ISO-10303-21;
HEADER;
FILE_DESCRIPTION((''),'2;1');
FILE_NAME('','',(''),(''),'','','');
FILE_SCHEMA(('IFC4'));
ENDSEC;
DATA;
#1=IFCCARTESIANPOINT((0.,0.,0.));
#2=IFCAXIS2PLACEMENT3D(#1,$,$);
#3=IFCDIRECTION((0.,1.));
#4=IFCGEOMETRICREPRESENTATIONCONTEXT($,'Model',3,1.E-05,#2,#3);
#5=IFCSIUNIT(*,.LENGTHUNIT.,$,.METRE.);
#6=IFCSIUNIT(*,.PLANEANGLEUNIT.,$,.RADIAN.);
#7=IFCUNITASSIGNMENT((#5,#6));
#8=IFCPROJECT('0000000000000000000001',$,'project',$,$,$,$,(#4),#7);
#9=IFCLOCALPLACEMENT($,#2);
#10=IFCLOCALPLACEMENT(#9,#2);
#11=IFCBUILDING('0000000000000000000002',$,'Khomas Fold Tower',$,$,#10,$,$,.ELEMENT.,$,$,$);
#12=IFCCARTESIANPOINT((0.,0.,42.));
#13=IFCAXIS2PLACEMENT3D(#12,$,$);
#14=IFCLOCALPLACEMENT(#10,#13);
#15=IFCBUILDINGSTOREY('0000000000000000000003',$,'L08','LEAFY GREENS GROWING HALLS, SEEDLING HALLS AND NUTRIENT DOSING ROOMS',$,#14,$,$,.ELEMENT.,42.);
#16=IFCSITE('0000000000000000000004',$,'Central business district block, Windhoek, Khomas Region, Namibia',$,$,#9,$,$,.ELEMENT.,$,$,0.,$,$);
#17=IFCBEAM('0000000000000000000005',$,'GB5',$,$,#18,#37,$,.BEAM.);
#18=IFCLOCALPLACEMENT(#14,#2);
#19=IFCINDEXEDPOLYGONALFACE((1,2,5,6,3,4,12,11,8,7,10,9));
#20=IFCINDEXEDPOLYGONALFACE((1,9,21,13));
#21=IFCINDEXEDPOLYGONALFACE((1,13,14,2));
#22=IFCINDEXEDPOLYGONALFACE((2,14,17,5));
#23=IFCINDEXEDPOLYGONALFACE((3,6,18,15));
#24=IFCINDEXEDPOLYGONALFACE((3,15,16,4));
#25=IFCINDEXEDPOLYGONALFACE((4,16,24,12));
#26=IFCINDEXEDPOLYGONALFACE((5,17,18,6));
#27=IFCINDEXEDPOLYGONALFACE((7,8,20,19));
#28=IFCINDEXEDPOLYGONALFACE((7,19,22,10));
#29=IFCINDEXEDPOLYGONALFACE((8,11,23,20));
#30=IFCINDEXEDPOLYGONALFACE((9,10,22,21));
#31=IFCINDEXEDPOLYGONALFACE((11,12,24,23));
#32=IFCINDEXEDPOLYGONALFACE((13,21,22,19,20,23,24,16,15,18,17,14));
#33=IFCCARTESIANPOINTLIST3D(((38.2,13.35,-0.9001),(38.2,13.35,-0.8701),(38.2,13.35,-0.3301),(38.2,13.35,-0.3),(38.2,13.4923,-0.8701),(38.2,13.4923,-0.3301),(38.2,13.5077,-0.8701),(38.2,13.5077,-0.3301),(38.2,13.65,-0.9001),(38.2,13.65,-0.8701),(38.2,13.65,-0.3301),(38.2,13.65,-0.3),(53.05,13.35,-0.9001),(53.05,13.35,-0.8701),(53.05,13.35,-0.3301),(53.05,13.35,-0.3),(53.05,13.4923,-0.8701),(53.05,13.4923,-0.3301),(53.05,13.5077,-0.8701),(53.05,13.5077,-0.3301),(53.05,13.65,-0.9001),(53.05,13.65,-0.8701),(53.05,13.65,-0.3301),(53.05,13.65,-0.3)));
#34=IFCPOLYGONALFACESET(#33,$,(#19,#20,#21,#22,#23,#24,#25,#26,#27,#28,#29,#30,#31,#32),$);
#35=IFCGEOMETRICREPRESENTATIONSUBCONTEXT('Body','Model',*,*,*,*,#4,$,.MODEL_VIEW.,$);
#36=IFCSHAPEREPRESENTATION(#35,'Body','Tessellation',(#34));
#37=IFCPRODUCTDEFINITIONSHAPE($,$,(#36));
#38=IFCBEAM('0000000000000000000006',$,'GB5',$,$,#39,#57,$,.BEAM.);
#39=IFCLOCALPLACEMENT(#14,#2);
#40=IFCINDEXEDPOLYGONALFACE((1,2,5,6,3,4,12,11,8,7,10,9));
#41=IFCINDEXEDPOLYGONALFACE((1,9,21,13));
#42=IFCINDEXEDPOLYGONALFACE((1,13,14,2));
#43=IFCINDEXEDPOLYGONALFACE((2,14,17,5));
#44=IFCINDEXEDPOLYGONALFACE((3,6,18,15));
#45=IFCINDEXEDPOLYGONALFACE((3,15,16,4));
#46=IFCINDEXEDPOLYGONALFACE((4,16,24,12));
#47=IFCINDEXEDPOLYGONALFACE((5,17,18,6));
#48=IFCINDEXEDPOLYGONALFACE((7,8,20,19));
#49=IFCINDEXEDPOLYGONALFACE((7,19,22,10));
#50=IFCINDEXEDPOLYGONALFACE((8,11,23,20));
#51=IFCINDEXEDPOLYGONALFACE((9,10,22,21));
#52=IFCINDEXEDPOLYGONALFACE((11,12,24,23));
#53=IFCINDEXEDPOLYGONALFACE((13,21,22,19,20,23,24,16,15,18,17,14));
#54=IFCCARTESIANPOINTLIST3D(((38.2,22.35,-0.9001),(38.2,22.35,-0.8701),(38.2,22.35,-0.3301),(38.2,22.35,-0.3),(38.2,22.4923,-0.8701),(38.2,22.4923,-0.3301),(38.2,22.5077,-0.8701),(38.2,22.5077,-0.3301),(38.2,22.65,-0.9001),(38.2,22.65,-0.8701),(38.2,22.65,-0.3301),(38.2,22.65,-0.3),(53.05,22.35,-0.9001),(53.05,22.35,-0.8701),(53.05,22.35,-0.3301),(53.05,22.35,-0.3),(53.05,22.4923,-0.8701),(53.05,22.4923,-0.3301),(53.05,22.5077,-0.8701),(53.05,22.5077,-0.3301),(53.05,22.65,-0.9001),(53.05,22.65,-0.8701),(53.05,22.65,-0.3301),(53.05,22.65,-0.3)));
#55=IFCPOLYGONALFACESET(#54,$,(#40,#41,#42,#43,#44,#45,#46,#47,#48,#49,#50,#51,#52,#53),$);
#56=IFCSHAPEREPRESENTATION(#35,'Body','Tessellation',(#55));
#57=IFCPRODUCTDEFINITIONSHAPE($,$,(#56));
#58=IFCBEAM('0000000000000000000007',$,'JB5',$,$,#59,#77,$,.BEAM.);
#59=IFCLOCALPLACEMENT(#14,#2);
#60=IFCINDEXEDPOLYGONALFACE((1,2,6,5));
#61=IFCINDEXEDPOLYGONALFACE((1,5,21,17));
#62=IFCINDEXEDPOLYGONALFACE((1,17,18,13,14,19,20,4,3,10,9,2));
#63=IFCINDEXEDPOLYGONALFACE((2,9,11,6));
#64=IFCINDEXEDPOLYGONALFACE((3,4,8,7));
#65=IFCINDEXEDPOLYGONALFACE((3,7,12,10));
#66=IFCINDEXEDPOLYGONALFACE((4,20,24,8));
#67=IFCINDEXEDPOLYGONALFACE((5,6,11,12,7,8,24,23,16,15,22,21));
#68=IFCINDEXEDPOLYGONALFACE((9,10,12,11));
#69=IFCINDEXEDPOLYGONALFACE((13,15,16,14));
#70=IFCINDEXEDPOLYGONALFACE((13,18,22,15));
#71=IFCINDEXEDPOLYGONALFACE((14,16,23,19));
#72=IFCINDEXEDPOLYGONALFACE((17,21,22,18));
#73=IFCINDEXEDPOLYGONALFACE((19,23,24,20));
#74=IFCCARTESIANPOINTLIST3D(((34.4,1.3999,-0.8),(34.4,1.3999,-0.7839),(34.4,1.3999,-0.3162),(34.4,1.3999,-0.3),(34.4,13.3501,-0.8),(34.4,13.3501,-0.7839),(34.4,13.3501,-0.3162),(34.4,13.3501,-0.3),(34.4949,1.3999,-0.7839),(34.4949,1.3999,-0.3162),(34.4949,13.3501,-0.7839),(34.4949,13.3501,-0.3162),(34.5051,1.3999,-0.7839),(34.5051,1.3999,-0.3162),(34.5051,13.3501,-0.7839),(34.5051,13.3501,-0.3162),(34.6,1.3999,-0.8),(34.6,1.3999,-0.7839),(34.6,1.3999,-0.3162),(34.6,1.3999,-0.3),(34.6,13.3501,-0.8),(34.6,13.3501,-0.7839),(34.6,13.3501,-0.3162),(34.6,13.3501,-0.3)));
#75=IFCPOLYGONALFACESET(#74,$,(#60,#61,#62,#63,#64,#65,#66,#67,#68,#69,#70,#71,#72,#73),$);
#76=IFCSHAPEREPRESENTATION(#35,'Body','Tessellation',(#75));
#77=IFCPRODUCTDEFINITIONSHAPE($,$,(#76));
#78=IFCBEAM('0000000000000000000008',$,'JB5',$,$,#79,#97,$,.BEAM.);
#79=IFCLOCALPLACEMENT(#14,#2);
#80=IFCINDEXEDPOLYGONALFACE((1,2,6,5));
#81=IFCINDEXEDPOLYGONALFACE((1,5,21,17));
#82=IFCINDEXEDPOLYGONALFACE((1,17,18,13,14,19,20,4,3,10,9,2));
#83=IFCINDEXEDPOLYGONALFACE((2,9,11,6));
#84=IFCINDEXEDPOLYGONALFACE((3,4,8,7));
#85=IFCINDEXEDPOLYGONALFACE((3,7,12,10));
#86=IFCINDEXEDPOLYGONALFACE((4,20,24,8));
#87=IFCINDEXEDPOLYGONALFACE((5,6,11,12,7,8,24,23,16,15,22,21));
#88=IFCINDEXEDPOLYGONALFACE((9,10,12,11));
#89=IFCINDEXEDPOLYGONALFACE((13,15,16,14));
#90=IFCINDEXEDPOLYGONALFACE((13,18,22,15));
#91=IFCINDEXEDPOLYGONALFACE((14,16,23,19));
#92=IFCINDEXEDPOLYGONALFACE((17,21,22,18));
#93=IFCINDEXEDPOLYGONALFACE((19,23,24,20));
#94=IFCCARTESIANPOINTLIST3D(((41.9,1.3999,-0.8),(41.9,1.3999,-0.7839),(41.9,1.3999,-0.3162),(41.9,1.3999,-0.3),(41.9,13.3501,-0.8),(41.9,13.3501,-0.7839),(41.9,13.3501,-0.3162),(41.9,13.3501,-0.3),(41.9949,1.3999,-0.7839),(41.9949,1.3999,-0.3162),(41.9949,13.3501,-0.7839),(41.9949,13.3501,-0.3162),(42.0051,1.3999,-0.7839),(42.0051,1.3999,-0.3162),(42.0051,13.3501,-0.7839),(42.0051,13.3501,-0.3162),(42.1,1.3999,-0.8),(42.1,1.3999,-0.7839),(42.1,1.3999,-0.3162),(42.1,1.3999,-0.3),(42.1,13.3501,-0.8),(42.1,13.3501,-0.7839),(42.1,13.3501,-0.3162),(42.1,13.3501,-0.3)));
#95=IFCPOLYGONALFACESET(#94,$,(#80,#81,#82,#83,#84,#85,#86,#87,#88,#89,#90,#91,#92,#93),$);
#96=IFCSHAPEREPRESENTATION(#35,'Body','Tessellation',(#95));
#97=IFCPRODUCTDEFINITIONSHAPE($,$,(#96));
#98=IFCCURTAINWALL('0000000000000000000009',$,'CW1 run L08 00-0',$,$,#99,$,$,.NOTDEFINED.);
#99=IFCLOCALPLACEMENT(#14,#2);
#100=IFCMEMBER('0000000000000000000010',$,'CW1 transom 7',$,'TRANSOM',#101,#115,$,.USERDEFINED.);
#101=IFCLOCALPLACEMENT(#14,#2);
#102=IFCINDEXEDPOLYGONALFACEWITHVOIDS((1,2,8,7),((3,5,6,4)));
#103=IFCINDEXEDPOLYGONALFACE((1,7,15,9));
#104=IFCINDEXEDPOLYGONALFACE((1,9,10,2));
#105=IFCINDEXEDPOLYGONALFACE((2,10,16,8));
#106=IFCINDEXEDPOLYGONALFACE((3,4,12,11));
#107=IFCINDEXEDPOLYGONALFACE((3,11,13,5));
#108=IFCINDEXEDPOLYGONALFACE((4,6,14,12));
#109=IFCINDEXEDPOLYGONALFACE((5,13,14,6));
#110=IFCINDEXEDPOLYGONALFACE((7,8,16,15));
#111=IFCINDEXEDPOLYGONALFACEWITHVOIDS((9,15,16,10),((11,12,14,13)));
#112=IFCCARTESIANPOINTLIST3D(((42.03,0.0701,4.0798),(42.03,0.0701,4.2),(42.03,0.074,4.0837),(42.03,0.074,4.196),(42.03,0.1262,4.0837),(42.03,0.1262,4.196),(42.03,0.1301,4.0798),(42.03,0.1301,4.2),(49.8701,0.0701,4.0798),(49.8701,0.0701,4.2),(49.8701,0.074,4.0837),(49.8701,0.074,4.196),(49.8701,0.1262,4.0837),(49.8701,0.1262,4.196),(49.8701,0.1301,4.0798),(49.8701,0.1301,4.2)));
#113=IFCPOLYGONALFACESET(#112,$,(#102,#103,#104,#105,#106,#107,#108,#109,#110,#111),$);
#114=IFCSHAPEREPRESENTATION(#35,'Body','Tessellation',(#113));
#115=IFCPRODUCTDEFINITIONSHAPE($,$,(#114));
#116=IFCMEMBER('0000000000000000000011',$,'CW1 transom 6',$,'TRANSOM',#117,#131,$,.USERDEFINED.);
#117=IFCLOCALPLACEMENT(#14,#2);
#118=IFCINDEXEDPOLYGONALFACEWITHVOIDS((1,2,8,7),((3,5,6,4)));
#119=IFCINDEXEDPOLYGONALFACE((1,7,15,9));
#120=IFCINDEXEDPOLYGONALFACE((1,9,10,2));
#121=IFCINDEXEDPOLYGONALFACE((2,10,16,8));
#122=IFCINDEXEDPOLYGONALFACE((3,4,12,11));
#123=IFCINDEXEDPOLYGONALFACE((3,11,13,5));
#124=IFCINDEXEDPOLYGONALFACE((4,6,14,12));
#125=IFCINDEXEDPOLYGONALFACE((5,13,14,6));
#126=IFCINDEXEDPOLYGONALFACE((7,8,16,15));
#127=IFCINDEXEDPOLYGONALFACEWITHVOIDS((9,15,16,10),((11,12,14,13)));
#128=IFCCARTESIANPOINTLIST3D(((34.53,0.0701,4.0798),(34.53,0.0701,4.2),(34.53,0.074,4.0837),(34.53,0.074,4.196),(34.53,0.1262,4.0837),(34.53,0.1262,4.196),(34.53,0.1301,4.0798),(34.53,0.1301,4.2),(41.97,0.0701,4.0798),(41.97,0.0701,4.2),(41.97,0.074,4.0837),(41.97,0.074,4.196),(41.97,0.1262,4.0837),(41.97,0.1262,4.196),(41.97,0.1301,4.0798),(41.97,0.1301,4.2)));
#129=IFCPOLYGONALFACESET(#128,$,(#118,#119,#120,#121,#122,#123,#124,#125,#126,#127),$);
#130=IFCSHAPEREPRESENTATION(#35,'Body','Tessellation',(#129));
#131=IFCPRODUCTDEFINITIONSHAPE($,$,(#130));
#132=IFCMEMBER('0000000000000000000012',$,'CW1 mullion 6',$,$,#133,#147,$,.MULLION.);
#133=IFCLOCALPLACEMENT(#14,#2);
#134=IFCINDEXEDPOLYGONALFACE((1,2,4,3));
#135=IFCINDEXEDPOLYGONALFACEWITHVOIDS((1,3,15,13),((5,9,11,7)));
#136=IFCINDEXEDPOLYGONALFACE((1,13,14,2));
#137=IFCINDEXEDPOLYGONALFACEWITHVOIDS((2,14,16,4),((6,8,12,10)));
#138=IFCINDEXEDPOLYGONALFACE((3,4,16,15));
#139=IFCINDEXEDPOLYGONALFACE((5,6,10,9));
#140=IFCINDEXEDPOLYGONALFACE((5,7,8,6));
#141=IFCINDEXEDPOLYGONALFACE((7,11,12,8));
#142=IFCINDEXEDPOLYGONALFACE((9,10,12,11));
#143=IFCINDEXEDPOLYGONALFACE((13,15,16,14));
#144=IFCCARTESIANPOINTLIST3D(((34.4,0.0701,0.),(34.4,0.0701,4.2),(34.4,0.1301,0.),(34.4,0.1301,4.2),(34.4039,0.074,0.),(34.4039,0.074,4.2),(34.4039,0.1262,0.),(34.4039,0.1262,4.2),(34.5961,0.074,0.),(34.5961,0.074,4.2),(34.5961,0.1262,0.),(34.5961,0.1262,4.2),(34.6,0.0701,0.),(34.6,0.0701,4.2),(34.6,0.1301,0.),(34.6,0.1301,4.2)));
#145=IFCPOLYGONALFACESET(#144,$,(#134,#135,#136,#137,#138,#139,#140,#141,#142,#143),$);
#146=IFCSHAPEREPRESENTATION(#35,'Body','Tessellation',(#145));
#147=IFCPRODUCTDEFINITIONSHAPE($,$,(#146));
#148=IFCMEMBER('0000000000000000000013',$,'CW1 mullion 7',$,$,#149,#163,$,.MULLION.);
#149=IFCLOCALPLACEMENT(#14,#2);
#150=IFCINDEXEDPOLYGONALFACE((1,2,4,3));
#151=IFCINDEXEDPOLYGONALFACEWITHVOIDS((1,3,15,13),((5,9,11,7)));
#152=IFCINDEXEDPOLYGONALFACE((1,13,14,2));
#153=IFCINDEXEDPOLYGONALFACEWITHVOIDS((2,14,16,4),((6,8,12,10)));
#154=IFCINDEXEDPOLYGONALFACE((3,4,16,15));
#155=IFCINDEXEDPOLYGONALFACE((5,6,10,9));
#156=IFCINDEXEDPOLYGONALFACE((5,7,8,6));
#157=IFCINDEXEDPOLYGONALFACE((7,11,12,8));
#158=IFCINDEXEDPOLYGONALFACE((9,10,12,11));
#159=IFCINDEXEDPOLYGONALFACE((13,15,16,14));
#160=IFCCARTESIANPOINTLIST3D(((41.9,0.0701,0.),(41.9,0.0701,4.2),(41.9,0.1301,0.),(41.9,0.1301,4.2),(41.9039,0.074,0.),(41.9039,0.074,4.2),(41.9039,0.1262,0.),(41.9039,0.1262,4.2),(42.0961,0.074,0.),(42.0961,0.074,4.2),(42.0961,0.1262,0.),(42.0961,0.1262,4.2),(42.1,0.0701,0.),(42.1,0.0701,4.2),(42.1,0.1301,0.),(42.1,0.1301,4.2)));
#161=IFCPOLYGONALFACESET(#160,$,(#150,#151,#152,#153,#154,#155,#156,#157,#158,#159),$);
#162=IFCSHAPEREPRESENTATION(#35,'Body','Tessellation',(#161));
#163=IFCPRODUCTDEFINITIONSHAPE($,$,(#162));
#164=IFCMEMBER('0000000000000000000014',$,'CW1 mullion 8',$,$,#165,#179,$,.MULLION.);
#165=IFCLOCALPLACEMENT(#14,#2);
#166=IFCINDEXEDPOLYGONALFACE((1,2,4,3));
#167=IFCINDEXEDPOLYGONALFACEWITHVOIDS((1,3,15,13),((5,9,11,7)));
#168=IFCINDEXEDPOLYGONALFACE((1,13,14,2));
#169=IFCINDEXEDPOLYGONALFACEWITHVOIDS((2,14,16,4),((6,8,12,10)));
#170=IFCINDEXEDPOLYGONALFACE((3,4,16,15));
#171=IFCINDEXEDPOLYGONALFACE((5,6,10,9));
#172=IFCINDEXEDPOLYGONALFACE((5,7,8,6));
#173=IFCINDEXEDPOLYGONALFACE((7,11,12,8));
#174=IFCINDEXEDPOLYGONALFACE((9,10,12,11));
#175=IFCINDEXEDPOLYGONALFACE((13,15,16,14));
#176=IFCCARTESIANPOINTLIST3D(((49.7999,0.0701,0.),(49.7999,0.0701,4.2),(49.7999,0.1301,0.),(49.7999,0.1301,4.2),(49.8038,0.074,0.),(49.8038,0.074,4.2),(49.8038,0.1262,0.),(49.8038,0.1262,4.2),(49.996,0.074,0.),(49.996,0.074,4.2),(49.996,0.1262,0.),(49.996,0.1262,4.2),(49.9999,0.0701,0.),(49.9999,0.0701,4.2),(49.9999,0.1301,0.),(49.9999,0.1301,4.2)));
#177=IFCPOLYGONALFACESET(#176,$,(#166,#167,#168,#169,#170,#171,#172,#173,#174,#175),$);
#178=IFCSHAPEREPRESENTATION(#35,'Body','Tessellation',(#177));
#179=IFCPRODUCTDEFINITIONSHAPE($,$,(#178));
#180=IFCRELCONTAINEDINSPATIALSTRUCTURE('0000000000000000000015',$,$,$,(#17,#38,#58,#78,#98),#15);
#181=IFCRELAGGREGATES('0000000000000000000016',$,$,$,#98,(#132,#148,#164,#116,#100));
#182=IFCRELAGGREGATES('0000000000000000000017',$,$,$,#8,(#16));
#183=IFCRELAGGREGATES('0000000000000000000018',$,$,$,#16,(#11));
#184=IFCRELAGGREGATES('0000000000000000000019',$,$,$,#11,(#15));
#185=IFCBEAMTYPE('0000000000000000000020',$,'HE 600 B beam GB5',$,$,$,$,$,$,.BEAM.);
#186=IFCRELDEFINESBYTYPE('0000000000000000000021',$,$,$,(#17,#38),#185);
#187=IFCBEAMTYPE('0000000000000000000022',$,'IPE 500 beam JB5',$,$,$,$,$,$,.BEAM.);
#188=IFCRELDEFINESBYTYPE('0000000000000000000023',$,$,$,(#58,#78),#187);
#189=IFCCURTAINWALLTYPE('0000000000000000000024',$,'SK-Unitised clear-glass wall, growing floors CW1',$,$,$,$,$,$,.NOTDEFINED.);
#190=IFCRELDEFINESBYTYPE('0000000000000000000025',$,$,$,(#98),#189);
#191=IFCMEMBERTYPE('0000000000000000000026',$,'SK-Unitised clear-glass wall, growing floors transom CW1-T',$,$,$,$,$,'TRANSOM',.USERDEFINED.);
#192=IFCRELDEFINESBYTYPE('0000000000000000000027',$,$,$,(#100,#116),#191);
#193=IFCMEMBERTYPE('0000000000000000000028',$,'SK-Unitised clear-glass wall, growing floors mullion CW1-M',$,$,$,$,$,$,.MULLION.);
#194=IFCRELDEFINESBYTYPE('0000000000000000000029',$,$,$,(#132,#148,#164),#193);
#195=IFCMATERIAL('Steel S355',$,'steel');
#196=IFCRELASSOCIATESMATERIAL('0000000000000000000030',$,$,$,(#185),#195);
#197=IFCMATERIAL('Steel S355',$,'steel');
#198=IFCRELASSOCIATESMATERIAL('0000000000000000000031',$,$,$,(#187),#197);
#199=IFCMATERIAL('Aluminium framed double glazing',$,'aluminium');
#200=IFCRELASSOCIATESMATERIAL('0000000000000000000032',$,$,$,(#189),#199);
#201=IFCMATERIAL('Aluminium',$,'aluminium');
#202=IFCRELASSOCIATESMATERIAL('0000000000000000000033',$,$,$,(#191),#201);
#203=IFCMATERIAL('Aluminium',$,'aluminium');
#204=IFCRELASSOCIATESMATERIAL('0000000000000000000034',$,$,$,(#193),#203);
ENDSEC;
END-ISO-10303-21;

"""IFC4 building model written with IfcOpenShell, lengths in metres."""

from ifc_helpers import new_model, si_unit, direction, frame, origin, origin_2d, place, context, subcontext, project, spatial, hollow_rectangle, i_section, extrude, source, transform, mapped, material, material_profile, profile_set, type_object, element, aggregate, save


model = new_model("IFC4")

# Units and contexts
model_context = context("Model", 3, precision=1e-05, world=origin(), true_north=direction((0.0, 1.0)))
body_context = subcontext(model_context, "Body", "Model", "MODEL_VIEW")
ifc_project = project(units=[si_unit("LENGTHUNIT", "METRE"), si_unit("PLANEANGLEUNIT", "RADIAN")], contexts=[model_context])

# Site, building, storey
site_placement = place(None, origin())
site = spatial("IfcSite", under=ifc_project, at=site_placement, Name="Central business district block, Windhoek, Khomas Region, Namibia", CompositionType="ELEMENT", RefElevation=0.0)
building_placement = place(site_placement, origin())
building = spatial("IfcBuilding", under=site, at=building_placement, Name="Khomas Fold Tower", CompositionType="ELEMENT")
storey_placement = place(building_placement, frame((0.0, 0.0, 42.0)))
storey = spatial("IfcBuildingStorey", under=building, at=storey_placement, Name="L08", Description="LEAFY GREENS GROWING HALLS, SEEDLING HALLS AND NUTRIENT DOSING ROOMS", CompositionType="ELEMENT", Elevation=42.0)

# Beams
ifc_material_1 = material(Name="Steel S355", Category="steel")
ifc_material_profile_1 = material_profile(ifc_material_1, i_section(OverallWidth=0.3, OverallDepth=0.6001, WebThickness=0.0154, FlangeThickness=0.03, at=origin_2d()), Name="HE 600 B")
ifc_profile_set_1 = profile_set([ifc_material_profile_1], Name="Steel S355")
beam_type_1 = type_object("IfcBeamType", Name="HE 600 B beam GB5", PredefinedType="BEAM", material=ifc_profile_set_1)
shared_shape_1 = source(origin(), body_context, "Body", "SweptSolid", [
    extrude(i_section(OverallWidth=0.3, OverallDepth=0.6001, WebThickness=0.0154, FlangeThickness=0.03, at=origin_2d()), origin(), (0.0, 0.0, 1.0), 14.8501),
])
for number, where, z_axis, x_axis, name in (
    (1, (38.2, 13.5, -0.6001), (1.0, 0.0, 0.0), (0.0, 1.0, 0.0), "GB5"),
    (2, (38.2, 22.5, -0.6001), (1.0, 0.0, 0.0), (0.0, 1.0, 0.0), "GB5"),
):
    element("IfcBeam", number, at=place(storey_placement, frame(where, z_axis=z_axis, x_axis=x_axis)), inside=storey, type_object=beam_type_1, Name=name, PredefinedType="BEAM", context=body_context, shape_type="MappedRepresentation", body=[
        mapped(shared_shape_1, transform((0.0, 0.0, 0.0))),
    ])
ifc_material_2 = material(Name="Steel S355", Category="steel")
ifc_material_profile_2 = material_profile(ifc_material_2, i_section(OverallWidth=0.2, OverallDepth=0.5, WebThickness=0.0103, FlangeThickness=0.0161, at=origin_2d()), Name="IPE 500")
ifc_profile_set_2 = profile_set([ifc_material_profile_2], Name="Steel S355")
beam_type_2 = type_object("IfcBeamType", Name="IPE 500 beam JB5", PredefinedType="BEAM", material=ifc_profile_set_2)
shared_shape_2 = source(origin(), body_context, "Body", "SweptSolid", [
    extrude(i_section(OverallWidth=0.2, OverallDepth=0.5, WebThickness=0.0103, FlangeThickness=0.0161, at=origin_2d()), origin(), (0.0, 0.0, 1.0), 11.9502),
])
for number, where, z_axis, x_axis, name in (
    (3, (34.5, 1.3999, -0.55), (0.0, 1.0, 0.0), (-1.0, 0.0, 0.0), "JB5"),
    (4, (42.0, 1.3999, -0.55), (0.0, 1.0, 0.0), (-1.0, 0.0, 0.0), "JB5"),
):
    element("IfcBeam", number, at=place(storey_placement, frame(where, z_axis=z_axis, x_axis=x_axis)), inside=storey, type_object=beam_type_2, Name=name, PredefinedType="BEAM", context=body_context, shape_type="MappedRepresentation", body=[
        mapped(shared_shape_2, transform((0.0, 0.0, 0.0))),
    ])

# Curtain wall, members
ifc_material_3 = material(Name="Aluminium framed double glazing", Category="aluminium")
curtain_wall_type = type_object("IfcCurtainWallType", Name="SK-Unitised clear-glass wall, growing floors CW1", PredefinedType="NOTDEFINED", material=ifc_material_3)
curtain_wall_placement = place(storey_placement, origin())
curtain_wall = element("IfcCurtainWall", 5, at=curtain_wall_placement, inside=storey, type_object=curtain_wall_type, Name="CW1 run L08 00-0", PredefinedType="NOTDEFINED")
ifc_material_4 = material(Name="Aluminium", Category="aluminium")
ifc_material_profile_3 = material_profile(ifc_material_4, hollow_rectangle(XDim=0.0601, YDim=0.1201, WallThickness=0.0039, at=origin_2d()), Name="SK-Unitised clear-glass wall, growing floors transom CW1-T")
ifc_profile_set_3 = profile_set([ifc_material_profile_3], Name="Aluminium")
member_type_1 = type_object("IfcMemberType", Name="SK-Unitised clear-glass wall, growing floors transom CW1-T", ElementType="TRANSOM", PredefinedType="USERDEFINED", material=ifc_profile_set_3)
shared_shape_3 = source(origin(), body_context, "Body", "SweptSolid", [
    extrude(hollow_rectangle(XDim=0.0601, YDim=0.1201, WallThickness=0.0039, at=origin_2d()), origin(), (0.0, 0.0, 1.0), 7.8401),
])
member_1_placement = place(storey_placement, frame((42.03, 0.1001, 4.1399), z_axis=(1.0, 0.0, 0.0), x_axis=(0.0, 1.0, 0.0)))
member_1 = element("IfcMember", 6, at=member_1_placement, type_object=member_type_1, Name="CW1 transom 7", ObjectType="TRANSOM", PredefinedType="USERDEFINED", context=body_context, shape_type="MappedRepresentation", body=[
    mapped(shared_shape_3, transform((0.0, 0.0, 0.0))),
])
shared_shape_4 = source(origin(), body_context, "Body", "SweptSolid", [
    extrude(hollow_rectangle(XDim=0.0601, YDim=0.1201, WallThickness=0.0039, at=origin_2d()), origin(), (0.0, 0.0, 1.0), 7.4399),
])
member_2_placement = place(storey_placement, frame((34.53, 0.1001, 4.1399), z_axis=(1.0, 0.0, 0.0), x_axis=(0.0, 1.0, 0.0)))
member_2 = element("IfcMember", 7, at=member_2_placement, type_object=member_type_1, Name="CW1 transom 6", ObjectType="TRANSOM", PredefinedType="USERDEFINED", context=body_context, shape_type="MappedRepresentation", body=[
    mapped(shared_shape_4, transform((0.0, 0.0, 0.0))),
])
ifc_material_5 = material(Name="Aluminium", Category="aluminium")
ifc_material_profile_4 = material_profile(ifc_material_5, hollow_rectangle(XDim=0.0601, YDim=0.2, WallThickness=0.0039, at=origin_2d()), Name="SK-Unitised clear-glass wall, growing floors mullion CW1-M")
ifc_profile_set_4 = profile_set([ifc_material_profile_4], Name="Aluminium")
member_type_2 = type_object("IfcMemberType", Name="SK-Unitised clear-glass wall, growing floors mullion CW1-M", PredefinedType="MULLION", material=ifc_profile_set_4)
shared_shape_5 = source(origin(), body_context, "Body", "SweptSolid", [
    extrude(hollow_rectangle(XDim=0.0601, YDim=0.2, WallThickness=0.0039, at=origin_2d()), origin(), (0.0, 0.0, 1.0), 4.2),
])
member_3_placement = place(storey_placement, frame((34.5, 0.1001, 0.0), z_axis=(0.0, 0.0, 1.0), x_axis=(0.0, 1.0, 0.0)))
member_3 = element("IfcMember", 8, at=member_3_placement, type_object=member_type_2, Name="CW1 mullion 6", PredefinedType="MULLION", context=body_context, shape_type="MappedRepresentation", body=[
    mapped(shared_shape_5, transform((0.0, 0.0, 0.0))),
])
member_4_placement = place(storey_placement, frame((42.0, 0.1001, 0.0), z_axis=(0.0, 0.0, 1.0), x_axis=(0.0, 1.0, 0.0)))
member_4 = element("IfcMember", 9, at=member_4_placement, type_object=member_type_2, Name="CW1 mullion 7", PredefinedType="MULLION", context=body_context, shape_type="MappedRepresentation", body=[
    mapped(shared_shape_5, transform((0.0, 0.0, 0.0))),
])
member_5_placement = place(storey_placement, frame((49.8999, 0.1001, 0.0), z_axis=(0.0, 0.0, 1.0), x_axis=(0.0, 1.0, 0.0)))
member_5 = element("IfcMember", 10, at=member_5_placement, type_object=member_type_2, Name="CW1 mullion 8", PredefinedType="MULLION", context=body_context, shape_type="MappedRepresentation", body=[
    mapped(shared_shape_5, transform((0.0, 0.0, 0.0))),
])
aggregate(curtain_wall, [member_3, member_4, member_5, member_2, member_1])

save(model, "model.ifc")
